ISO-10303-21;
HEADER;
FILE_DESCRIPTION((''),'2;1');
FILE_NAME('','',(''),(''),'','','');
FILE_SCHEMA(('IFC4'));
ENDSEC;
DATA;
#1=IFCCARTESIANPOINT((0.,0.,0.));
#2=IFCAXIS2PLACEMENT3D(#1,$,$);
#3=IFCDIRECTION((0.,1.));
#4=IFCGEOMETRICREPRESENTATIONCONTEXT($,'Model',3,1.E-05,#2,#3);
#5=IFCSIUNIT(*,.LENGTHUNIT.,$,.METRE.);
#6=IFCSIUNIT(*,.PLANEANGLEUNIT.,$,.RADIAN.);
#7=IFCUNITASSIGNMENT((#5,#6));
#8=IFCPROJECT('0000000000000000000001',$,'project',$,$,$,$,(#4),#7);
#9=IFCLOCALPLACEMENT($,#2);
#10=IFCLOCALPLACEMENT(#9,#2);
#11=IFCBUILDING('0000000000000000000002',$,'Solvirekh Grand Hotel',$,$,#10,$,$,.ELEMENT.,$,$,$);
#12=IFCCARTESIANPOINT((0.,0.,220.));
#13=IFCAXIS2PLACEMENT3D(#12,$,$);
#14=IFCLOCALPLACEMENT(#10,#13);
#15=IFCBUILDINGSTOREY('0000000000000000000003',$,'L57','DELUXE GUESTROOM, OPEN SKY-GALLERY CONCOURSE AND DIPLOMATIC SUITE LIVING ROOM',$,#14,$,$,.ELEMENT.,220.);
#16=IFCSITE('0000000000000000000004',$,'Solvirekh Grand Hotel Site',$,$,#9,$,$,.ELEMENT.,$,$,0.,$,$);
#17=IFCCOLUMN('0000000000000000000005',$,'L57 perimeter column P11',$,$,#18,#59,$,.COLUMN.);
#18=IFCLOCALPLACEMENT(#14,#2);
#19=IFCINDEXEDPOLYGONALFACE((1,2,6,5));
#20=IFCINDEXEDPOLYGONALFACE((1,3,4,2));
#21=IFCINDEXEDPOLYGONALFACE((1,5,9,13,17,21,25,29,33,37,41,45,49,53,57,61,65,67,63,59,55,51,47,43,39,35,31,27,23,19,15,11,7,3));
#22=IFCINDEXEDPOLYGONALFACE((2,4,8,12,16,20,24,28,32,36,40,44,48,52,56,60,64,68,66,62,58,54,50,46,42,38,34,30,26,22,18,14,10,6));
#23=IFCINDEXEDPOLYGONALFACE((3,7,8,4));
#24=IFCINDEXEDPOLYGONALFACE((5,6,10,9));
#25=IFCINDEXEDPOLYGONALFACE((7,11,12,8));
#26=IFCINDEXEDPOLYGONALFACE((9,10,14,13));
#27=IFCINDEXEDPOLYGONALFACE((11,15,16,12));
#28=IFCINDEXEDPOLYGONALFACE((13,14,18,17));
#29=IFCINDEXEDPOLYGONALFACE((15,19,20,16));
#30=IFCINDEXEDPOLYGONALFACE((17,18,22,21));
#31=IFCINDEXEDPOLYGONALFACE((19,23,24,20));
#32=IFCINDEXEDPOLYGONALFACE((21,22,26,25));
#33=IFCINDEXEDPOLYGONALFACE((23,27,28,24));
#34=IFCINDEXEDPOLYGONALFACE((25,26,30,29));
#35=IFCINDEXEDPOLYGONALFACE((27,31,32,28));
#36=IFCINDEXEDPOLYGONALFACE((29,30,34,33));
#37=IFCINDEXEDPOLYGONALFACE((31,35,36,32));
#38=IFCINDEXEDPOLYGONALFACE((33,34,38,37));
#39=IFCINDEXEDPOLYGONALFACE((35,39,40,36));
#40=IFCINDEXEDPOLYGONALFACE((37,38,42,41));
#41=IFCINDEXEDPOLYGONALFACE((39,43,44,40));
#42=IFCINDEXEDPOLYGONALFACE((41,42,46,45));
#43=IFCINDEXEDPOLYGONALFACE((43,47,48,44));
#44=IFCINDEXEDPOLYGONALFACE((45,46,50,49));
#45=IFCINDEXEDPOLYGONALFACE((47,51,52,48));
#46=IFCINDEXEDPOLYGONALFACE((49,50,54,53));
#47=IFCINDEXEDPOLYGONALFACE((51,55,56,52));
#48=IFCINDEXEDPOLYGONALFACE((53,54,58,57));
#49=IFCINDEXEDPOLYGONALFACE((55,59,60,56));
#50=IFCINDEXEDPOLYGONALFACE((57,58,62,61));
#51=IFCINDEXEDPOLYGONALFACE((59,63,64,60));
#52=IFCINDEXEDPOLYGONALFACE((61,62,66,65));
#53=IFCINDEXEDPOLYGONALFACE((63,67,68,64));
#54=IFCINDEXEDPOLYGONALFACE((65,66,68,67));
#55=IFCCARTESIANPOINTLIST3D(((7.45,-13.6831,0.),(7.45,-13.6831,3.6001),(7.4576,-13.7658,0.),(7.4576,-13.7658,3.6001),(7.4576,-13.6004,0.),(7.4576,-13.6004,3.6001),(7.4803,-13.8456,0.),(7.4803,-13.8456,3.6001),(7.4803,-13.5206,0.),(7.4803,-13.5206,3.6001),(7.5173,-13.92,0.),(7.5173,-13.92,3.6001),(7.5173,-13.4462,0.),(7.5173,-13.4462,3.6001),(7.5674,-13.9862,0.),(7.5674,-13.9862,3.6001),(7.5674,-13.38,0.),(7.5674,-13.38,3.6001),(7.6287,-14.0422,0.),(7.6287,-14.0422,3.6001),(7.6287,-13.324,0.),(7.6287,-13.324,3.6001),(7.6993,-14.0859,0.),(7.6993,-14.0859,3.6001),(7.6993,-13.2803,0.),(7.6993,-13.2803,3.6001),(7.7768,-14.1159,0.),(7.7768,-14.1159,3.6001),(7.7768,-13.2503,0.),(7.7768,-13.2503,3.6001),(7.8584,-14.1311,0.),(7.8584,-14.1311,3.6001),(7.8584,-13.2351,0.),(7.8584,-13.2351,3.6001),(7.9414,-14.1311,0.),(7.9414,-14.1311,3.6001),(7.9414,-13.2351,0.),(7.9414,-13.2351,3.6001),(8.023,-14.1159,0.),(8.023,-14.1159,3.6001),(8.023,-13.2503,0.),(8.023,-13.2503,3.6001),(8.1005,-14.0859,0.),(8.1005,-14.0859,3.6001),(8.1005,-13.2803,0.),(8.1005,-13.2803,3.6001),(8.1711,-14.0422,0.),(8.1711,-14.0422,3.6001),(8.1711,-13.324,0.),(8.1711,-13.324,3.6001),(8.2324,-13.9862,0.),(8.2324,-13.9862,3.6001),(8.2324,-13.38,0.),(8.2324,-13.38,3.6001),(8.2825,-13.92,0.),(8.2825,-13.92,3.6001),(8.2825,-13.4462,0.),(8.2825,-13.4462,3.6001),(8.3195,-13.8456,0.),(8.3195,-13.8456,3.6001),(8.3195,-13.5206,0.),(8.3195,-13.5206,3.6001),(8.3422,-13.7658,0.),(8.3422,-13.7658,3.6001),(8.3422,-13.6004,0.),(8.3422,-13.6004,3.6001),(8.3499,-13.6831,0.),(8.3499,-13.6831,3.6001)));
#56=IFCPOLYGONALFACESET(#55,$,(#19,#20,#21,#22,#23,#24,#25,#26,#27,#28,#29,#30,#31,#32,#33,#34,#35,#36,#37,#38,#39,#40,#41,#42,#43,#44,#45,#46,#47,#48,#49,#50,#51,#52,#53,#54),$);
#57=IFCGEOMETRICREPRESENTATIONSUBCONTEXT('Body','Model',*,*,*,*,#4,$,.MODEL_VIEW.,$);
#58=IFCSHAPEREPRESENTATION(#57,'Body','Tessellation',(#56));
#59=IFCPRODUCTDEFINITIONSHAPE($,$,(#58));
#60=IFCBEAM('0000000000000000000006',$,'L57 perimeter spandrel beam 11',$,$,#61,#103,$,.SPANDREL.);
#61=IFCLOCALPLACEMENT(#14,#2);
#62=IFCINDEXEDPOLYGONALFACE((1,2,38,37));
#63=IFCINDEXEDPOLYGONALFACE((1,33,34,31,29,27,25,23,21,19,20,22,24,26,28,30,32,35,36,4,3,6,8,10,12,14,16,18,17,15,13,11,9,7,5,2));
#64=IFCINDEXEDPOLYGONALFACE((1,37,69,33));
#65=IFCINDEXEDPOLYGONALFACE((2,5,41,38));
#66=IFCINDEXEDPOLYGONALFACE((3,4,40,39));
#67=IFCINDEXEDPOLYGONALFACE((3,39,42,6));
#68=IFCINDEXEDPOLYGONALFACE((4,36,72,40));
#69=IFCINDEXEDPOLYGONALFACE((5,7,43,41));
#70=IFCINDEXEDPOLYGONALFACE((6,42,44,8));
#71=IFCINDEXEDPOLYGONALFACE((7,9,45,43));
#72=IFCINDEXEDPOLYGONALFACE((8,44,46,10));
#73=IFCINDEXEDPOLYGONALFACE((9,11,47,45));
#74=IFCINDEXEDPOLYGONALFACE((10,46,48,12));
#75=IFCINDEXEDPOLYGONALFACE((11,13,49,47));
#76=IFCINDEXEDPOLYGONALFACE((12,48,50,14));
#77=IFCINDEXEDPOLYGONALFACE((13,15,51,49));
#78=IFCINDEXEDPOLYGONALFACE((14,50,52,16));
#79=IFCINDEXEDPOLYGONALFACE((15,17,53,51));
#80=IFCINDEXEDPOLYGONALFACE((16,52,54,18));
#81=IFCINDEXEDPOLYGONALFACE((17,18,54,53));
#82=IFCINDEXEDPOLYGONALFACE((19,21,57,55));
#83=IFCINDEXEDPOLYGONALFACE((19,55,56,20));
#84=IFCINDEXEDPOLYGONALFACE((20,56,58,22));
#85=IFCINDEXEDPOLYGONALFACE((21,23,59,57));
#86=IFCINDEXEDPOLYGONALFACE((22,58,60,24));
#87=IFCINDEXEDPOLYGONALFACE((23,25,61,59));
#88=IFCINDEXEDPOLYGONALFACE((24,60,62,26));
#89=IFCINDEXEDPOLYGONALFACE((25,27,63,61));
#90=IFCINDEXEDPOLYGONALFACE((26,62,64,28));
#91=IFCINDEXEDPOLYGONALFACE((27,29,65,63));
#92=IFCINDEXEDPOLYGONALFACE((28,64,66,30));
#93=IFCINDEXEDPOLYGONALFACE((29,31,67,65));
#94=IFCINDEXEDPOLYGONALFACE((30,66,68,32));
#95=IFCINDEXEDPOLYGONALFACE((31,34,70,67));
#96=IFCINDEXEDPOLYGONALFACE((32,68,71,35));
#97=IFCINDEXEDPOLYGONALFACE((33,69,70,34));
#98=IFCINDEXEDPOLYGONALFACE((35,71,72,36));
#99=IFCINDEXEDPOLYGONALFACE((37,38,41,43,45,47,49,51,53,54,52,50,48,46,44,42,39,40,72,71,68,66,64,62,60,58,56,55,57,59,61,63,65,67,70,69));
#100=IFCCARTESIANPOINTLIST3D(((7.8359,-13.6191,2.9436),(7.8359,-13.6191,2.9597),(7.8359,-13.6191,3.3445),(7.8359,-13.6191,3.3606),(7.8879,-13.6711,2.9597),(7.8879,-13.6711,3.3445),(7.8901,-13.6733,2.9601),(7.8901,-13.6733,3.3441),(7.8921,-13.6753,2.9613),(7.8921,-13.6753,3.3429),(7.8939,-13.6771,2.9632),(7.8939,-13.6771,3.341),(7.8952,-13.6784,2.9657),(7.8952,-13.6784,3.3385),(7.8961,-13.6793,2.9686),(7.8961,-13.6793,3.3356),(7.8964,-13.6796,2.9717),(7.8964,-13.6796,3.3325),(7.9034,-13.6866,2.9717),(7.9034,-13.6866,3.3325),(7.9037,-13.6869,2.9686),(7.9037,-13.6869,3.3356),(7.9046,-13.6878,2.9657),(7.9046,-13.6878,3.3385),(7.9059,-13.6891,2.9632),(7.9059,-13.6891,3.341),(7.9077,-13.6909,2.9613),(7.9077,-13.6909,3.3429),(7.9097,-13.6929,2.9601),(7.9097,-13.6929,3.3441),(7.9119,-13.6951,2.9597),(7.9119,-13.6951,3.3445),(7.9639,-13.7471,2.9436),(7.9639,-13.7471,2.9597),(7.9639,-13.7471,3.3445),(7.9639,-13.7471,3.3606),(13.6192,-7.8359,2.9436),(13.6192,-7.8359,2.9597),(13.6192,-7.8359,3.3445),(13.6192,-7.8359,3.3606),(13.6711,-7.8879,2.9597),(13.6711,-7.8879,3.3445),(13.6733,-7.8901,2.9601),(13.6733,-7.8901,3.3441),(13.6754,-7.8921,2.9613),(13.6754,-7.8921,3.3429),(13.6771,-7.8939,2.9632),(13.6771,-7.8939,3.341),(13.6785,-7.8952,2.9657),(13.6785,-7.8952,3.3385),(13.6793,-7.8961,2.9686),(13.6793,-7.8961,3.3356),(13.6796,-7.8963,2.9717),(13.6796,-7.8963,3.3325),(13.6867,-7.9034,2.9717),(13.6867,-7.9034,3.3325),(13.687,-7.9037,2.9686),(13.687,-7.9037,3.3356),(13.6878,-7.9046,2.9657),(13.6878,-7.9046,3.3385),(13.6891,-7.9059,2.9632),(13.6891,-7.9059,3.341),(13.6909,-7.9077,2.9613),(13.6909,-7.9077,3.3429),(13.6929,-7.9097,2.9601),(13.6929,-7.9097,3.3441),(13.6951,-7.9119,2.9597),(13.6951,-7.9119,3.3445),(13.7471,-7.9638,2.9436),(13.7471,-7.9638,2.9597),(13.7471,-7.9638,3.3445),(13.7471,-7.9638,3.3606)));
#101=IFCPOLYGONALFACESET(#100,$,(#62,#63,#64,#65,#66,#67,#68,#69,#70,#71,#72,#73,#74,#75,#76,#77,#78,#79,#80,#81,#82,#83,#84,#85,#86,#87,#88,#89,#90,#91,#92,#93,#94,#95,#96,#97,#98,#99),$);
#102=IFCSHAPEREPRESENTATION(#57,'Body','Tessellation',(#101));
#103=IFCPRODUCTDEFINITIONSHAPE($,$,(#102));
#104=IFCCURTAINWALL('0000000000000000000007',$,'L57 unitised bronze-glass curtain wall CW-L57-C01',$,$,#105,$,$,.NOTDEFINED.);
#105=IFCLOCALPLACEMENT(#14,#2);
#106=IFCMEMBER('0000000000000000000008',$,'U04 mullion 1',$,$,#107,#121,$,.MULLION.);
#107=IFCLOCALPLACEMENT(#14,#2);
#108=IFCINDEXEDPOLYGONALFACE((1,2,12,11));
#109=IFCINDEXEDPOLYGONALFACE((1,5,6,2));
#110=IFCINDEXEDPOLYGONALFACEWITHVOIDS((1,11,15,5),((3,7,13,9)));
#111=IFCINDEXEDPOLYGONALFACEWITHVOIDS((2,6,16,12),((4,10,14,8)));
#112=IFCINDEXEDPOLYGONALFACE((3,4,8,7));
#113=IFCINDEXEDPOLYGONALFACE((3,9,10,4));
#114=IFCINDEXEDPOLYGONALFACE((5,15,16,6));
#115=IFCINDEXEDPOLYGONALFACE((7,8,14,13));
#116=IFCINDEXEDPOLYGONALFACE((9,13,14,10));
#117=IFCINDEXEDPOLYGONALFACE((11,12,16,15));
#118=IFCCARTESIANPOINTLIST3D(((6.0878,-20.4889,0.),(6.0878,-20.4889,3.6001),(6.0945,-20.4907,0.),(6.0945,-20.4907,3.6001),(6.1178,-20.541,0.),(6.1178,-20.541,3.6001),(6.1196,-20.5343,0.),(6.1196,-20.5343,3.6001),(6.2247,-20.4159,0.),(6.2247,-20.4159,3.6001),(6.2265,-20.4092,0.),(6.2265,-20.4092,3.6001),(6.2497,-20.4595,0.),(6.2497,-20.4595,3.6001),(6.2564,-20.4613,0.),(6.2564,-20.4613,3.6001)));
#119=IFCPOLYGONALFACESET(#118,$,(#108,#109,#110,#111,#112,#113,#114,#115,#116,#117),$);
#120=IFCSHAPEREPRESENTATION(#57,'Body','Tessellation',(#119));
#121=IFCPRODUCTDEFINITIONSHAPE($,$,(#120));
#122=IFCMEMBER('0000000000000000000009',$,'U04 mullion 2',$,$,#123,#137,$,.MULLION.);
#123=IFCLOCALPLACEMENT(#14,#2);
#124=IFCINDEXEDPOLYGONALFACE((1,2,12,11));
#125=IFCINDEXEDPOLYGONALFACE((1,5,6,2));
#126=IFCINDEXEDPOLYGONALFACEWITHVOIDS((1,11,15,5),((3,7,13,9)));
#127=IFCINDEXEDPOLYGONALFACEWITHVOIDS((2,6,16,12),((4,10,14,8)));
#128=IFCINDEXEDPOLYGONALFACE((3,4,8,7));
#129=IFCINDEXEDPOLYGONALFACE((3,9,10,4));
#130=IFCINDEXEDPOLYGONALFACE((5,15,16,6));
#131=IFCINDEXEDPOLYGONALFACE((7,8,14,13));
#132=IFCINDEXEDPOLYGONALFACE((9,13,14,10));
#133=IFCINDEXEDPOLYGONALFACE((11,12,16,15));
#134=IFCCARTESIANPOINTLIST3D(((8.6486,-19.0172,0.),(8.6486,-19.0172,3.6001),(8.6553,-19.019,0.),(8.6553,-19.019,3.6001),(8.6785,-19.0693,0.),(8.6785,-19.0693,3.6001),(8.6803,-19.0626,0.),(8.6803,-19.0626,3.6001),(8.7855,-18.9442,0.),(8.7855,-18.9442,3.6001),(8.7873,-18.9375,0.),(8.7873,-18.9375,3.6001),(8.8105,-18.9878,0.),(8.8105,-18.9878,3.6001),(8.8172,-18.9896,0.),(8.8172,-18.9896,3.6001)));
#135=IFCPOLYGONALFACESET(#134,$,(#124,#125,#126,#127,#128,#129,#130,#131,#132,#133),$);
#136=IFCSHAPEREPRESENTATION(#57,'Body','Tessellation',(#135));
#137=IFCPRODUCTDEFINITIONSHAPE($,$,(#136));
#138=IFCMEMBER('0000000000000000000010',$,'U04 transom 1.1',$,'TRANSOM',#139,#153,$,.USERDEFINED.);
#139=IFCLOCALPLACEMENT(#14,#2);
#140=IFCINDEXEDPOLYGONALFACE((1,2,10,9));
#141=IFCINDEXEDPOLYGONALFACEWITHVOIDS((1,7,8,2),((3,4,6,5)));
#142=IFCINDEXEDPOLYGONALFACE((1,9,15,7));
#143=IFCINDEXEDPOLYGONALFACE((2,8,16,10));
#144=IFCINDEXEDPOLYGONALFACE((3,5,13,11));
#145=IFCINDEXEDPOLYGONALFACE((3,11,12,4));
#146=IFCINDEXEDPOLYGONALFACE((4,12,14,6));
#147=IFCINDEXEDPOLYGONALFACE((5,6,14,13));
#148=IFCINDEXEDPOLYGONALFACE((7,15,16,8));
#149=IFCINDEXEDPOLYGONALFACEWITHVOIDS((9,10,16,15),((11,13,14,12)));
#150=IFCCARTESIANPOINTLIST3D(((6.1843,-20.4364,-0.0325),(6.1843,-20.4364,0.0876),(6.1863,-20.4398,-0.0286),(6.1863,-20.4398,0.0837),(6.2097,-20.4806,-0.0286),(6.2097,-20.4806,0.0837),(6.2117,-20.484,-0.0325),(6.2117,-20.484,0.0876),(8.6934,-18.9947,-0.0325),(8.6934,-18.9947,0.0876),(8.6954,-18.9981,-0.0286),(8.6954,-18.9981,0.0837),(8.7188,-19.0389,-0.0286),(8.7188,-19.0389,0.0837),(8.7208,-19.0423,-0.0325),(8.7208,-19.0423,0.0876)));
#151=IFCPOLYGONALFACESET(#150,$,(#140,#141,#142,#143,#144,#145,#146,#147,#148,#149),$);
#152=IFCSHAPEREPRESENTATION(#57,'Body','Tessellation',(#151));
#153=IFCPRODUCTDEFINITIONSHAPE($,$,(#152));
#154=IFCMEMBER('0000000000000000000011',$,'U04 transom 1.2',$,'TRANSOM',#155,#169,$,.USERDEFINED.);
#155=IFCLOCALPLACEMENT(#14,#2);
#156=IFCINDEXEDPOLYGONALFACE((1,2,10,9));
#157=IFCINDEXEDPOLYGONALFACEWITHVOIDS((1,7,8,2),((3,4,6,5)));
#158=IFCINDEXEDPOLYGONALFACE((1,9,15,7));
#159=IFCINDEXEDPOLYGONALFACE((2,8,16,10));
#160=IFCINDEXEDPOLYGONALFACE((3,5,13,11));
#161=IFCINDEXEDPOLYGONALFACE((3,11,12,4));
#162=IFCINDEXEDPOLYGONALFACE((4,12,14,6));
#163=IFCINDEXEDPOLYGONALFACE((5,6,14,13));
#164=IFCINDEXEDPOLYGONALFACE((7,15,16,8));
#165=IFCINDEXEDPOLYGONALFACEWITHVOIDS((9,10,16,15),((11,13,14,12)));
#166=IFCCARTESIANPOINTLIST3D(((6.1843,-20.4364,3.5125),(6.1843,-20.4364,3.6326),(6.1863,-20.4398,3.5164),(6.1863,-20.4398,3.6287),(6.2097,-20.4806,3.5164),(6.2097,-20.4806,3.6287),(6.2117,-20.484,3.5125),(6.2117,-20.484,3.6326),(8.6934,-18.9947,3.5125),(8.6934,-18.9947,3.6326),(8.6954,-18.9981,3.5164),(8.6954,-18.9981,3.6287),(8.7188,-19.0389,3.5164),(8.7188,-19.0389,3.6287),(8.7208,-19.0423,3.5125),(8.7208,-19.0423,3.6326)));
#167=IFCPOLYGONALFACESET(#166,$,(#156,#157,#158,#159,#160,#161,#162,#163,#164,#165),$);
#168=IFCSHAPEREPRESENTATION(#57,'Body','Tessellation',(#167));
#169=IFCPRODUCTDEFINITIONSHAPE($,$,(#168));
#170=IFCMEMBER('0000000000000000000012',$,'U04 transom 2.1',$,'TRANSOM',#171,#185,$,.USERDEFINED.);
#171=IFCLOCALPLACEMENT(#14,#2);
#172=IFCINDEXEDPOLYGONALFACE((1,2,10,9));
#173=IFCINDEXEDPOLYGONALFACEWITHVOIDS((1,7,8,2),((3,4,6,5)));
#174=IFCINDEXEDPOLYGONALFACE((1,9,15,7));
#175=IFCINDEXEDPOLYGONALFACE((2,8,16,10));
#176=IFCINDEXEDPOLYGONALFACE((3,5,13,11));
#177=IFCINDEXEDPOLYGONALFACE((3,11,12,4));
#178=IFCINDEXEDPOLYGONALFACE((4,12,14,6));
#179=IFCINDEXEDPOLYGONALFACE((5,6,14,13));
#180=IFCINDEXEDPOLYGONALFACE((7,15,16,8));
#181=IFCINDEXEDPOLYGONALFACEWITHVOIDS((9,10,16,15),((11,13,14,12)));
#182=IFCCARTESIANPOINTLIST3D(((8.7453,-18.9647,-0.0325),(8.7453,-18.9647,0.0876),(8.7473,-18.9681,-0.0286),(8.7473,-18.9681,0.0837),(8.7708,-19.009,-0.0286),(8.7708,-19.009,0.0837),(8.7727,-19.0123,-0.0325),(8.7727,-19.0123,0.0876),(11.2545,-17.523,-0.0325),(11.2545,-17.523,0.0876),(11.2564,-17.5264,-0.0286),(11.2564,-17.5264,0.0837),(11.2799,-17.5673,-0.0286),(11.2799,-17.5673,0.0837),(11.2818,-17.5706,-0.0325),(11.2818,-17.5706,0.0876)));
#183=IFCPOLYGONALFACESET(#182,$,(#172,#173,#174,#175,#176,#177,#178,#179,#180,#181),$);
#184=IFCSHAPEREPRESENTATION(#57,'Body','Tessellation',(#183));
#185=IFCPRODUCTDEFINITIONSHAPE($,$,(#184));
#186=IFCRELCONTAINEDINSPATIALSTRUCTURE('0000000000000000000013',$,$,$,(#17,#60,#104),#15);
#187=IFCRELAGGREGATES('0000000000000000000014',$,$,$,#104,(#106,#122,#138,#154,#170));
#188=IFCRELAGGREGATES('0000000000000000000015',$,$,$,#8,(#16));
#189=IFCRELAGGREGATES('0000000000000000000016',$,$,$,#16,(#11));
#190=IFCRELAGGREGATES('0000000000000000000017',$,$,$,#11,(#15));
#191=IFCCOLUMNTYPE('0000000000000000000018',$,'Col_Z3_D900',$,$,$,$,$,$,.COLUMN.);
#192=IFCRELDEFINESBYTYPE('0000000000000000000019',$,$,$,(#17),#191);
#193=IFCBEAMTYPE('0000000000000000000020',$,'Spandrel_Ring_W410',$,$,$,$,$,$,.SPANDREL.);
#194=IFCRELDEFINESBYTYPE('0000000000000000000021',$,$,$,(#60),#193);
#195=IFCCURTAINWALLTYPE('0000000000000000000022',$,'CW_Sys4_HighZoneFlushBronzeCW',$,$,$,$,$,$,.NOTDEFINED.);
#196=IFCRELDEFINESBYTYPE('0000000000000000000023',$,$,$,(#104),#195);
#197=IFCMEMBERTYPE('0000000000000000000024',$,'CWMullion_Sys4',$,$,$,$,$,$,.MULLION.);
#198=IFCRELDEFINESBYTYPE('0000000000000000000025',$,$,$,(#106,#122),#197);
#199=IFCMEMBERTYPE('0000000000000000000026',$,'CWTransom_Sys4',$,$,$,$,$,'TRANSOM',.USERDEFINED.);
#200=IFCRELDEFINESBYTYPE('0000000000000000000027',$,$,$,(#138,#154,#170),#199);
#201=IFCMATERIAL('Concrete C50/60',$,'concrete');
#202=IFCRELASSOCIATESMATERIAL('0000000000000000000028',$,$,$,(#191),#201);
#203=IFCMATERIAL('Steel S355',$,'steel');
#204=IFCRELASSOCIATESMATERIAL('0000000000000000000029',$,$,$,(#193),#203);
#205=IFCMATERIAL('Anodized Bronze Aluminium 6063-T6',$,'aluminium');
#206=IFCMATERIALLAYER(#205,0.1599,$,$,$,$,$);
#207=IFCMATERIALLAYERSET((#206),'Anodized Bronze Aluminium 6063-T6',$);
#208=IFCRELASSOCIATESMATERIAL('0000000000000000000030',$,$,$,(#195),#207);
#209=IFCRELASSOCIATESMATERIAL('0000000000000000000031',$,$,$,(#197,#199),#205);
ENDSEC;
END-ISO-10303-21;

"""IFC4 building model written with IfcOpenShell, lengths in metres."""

from ifc_helpers import new_model, si_unit, direction, frame, origin, origin_2d, place, context, subcontext, project, spatial, hollow_rectangle, circle, i_section, extrude, source, transform, mapped, material, layer, layer_set, material_profile, profile_set, type_object, element, aggregate, save


model = new_model("IFC4")

# Units and contexts
model_context = context("Model", 3, precision=1e-05, world=origin(), true_north=direction((0.0, 1.0)))
body_context = subcontext(model_context, "Body", "Model", "MODEL_VIEW")
ifc_project = project(units=[si_unit("LENGTHUNIT", "METRE"), si_unit("PLANEANGLEUNIT", "RADIAN")], contexts=[model_context])

# Site, building, storey
site_placement = place(None, origin())
site = spatial("IfcSite", under=ifc_project, at=site_placement, Name="Solvirekh Grand Hotel Site", CompositionType="ELEMENT", RefElevation=0.0)
building_placement = place(site_placement, origin())
building = spatial("IfcBuilding", under=site, at=building_placement, Name="Solvirekh Grand Hotel", CompositionType="ELEMENT")
storey_placement = place(building_placement, frame((0.0, 0.0, 220.0)))
storey = spatial("IfcBuildingStorey", under=building, at=storey_placement, Name="L57", Description="DELUXE GUESTROOM, OPEN SKY-GALLERY CONCOURSE AND DIPLOMATIC SUITE LIVING ROOM", CompositionType="ELEMENT", Elevation=220.0)

# Column
ifc_material_1 = material(Name="Concrete C50/60", Category="concrete")
ifc_material_profile_1 = material_profile(ifc_material_1, circle(Radius=0.45, at=origin_2d()), Name="RC CIRC D900")
ifc_profile_set_1 = profile_set([ifc_material_profile_1], Name="Concrete C50/60")
column_type = type_object("IfcColumnType", Name="Col_Z3_D900", PredefinedType="COLUMN", material=ifc_profile_set_1)
column_placement = place(storey_placement, frame((7.8999, -13.6831, 0.0), z_axis=(0.0, 0.0, 1.0), x_axis=(1.0, 0.0, 0.0)))
element("IfcColumn", 1, at=column_placement, inside=storey, type_object=column_type, Name="L57 perimeter column P11", PredefinedType="COLUMN", context=body_context, shape_type="SweptSolid", body=[
    extrude(circle(Radius=0.45, at=origin_2d()), origin(), (0.0, 0.0, 1.0), 3.6001),
])

# Beam
ifc_material_2 = material(Name="Steel S355", Category="steel")
ifc_material_profile_2 = material_profile(ifc_material_2, i_section(OverallWidth=0.1809, OverallDepth=0.417, WebThickness=0.01, FlangeThickness=0.0161, FilletRadius=0.012, at=origin_2d()), Name="W410X85")
ifc_profile_set_2 = profile_set([ifc_material_profile_2], Name="Steel S355")
beam_type = type_object("IfcBeamType", Name="Spandrel_Ring_W410", PredefinedType="SPANDREL", material=ifc_profile_set_2)
beam_placement = place(storey_placement, frame((7.8999, -13.6831, 3.1521), z_axis=(0.707107, 0.707107, 0.0), x_axis=(-0.707107, 0.707107, 0.0)))
element("IfcBeam", 2, at=beam_placement, inside=storey, type_object=beam_type, Name="L57 perimeter spandrel beam 11", PredefinedType="SPANDREL", context=body_context, shape_type="SweptSolid", body=[
    extrude(i_section(OverallWidth=0.1809, OverallDepth=0.417, WebThickness=0.01, FlangeThickness=0.0161, FilletRadius=0.012, at=origin_2d()), origin(), (0.0, 0.0, 1.0), 8.1787),
])

# Curtain wall, members
ifc_material_3 = material(Name="Anodized Bronze Aluminium 6063-T6", Category="aluminium")
ifc_layer_1 = layer(ifc_material_3, 0.1599)
ifc_layer_set_1 = layer_set([ifc_layer_1], Name="Anodized Bronze Aluminium 6063-T6")
curtain_wall_type = type_object("IfcCurtainWallType", Name="CW_Sys4_HighZoneFlushBronzeCW", PredefinedType="NOTDEFINED", material=ifc_layer_set_1)
curtain_wall_placement = place(storey_placement, origin())
curtain_wall = element("IfcCurtainWall", 3, at=curtain_wall_placement, inside=storey, type_object=curtain_wall_type, Name="L57 unitised bronze-glass curtain wall CW-L57-C01", PredefinedType="NOTDEFINED")
ifc_material_profile_3 = material_profile(ifc_material_3, hollow_rectangle(XDim=0.0601, YDim=0.1599, WallThickness=0.0049, at=origin_2d()), Name="ALU RHS 160X60X5")
ifc_profile_set_3 = profile_set([ifc_material_profile_3], Name="Anodized Bronze Aluminium 6063-T6")
member_type_1 = type_object("IfcMemberType", Name="CWMullion_Sys4", PredefinedType="MULLION", material=ifc_profile_set_3)
shared_shape_1 = source(origin(), body_context, "Body", "SweptSolid", [
    extrude(hollow_rectangle(XDim=0.0601, YDim=0.1599, WallThickness=0.0049, at=origin_2d()), origin(), (0.0, 0.0, 1.0), 3.6001),
])
member_1_placement = place(storey_placement, frame((6.1721, -20.4751, 0.0), z_axis=(0.0, 0.0, 1.0), x_axis=(-0.498213, 0.867055, 0.0)))
member_1 = element("IfcMember", 4, at=member_1_placement, type_object=member_type_1, Name="U04 mullion 1", PredefinedType="MULLION", context=body_context, shape_type="MappedRepresentation", body=[
    mapped(shared_shape_1, transform((0.0, 0.0, 0.0), x_axis=(1.0, 0.0, 0.0), y_axis=(0.0, 1.0, 0.0), z_axis=(0.0, 0.0, 1.0), scale=1.0)),
])
member_2_placement = place(storey_placement, frame((8.7329, -19.0034, 0.0), z_axis=(0.0, 0.0, 1.0), x_axis=(-0.498213, 0.867055, 0.0)))
member_2 = element("IfcMember", 5, at=member_2_placement, type_object=member_type_1, Name="U04 mullion 2", PredefinedType="MULLION", context=body_context, shape_type="MappedRepresentation", body=[
    mapped(shared_shape_1, transform((0.0, 0.0, 0.0), x_axis=(1.0, 0.0, 0.0), y_axis=(0.0, 1.0, 0.0), z_axis=(0.0, 0.0, 1.0), scale=1.0)),
])
ifc_material_profile_4 = material_profile(ifc_material_3, hollow_rectangle(XDim=0.0549, YDim=0.1201, WallThickness=0.0039, at=origin_2d()), Name="ALU RHS 120X55X4")
ifc_profile_set_4 = profile_set([ifc_material_profile_4], Name="Anodized Bronze Aluminium 6063-T6")
member_type_2 = type_object("IfcMemberType", Name="CWTransom_Sys4", ElementType="TRANSOM", PredefinedType="USERDEFINED", material=ifc_profile_set_4)
shared_shape_2 = source(origin(), body_context, "Body", "SweptSolid", [
    extrude(hollow_rectangle(XDim=0.0549, YDim=0.1201, WallThickness=0.0039, at=origin_2d()), origin(), (0.0, 0.0, 1.0), 2.8938),
])
member_3_placement = place(storey_placement, frame((6.198, -20.4602, 0.0276), z_axis=(0.867062, 0.4982, 0.0), x_axis=(-0.4982, 0.867062, 0.0)))
member_3 = element("IfcMember", 6, at=member_3_placement, type_object=member_type_2, Name="U04 transom 1.1", ObjectType="TRANSOM", PredefinedType="USERDEFINED", context=body_context, shape_type="MappedRepresentation", body=[
    mapped(shared_shape_2, transform((0.0, 0.0, 0.0), x_axis=(1.0, 0.0, 0.0), y_axis=(0.0, 1.0, 0.0), z_axis=(0.0, 0.0, 1.0), scale=1.0)),
])
member_4_placement = place(storey_placement, frame((6.198, -20.4602, 3.5725), z_axis=(0.867062, 0.4982, 0.0), x_axis=(-0.4982, 0.867062, 0.0)))
member_4 = element("IfcMember", 7, at=member_4_placement, type_object=member_type_2, Name="U04 transom 1.2", ObjectType="TRANSOM", PredefinedType="USERDEFINED", context=body_context, shape_type="MappedRepresentation", body=[
    mapped(shared_shape_2, transform((0.0, 0.0, 0.0), x_axis=(1.0, 0.0, 0.0), y_axis=(0.0, 1.0, 0.0), z_axis=(0.0, 0.0, 1.0), scale=1.0)),
])
member_5_placement = place(storey_placement, frame((8.759, -18.9885, 0.0276), z_axis=(0.867062, 0.4982, 0.0), x_axis=(-0.4982, 0.867062, 0.0)))
member_5 = element("IfcMember", 8, at=member_5_placement, type_object=member_type_2, Name="U04 transom 2.1", ObjectType="TRANSOM", PredefinedType="USERDEFINED", context=body_context, shape_type="MappedRepresentation", body=[
    mapped(shared_shape_2, transform((0.0, 0.0, 0.0), x_axis=(1.0, 0.0, 0.0), y_axis=(0.0, 1.0, 0.0), z_axis=(0.0, 0.0, 1.0), scale=1.0)),
])
aggregate(curtain_wall, [member_1, member_2, member_3, member_4, member_5])

save(model, "model.ifc")
